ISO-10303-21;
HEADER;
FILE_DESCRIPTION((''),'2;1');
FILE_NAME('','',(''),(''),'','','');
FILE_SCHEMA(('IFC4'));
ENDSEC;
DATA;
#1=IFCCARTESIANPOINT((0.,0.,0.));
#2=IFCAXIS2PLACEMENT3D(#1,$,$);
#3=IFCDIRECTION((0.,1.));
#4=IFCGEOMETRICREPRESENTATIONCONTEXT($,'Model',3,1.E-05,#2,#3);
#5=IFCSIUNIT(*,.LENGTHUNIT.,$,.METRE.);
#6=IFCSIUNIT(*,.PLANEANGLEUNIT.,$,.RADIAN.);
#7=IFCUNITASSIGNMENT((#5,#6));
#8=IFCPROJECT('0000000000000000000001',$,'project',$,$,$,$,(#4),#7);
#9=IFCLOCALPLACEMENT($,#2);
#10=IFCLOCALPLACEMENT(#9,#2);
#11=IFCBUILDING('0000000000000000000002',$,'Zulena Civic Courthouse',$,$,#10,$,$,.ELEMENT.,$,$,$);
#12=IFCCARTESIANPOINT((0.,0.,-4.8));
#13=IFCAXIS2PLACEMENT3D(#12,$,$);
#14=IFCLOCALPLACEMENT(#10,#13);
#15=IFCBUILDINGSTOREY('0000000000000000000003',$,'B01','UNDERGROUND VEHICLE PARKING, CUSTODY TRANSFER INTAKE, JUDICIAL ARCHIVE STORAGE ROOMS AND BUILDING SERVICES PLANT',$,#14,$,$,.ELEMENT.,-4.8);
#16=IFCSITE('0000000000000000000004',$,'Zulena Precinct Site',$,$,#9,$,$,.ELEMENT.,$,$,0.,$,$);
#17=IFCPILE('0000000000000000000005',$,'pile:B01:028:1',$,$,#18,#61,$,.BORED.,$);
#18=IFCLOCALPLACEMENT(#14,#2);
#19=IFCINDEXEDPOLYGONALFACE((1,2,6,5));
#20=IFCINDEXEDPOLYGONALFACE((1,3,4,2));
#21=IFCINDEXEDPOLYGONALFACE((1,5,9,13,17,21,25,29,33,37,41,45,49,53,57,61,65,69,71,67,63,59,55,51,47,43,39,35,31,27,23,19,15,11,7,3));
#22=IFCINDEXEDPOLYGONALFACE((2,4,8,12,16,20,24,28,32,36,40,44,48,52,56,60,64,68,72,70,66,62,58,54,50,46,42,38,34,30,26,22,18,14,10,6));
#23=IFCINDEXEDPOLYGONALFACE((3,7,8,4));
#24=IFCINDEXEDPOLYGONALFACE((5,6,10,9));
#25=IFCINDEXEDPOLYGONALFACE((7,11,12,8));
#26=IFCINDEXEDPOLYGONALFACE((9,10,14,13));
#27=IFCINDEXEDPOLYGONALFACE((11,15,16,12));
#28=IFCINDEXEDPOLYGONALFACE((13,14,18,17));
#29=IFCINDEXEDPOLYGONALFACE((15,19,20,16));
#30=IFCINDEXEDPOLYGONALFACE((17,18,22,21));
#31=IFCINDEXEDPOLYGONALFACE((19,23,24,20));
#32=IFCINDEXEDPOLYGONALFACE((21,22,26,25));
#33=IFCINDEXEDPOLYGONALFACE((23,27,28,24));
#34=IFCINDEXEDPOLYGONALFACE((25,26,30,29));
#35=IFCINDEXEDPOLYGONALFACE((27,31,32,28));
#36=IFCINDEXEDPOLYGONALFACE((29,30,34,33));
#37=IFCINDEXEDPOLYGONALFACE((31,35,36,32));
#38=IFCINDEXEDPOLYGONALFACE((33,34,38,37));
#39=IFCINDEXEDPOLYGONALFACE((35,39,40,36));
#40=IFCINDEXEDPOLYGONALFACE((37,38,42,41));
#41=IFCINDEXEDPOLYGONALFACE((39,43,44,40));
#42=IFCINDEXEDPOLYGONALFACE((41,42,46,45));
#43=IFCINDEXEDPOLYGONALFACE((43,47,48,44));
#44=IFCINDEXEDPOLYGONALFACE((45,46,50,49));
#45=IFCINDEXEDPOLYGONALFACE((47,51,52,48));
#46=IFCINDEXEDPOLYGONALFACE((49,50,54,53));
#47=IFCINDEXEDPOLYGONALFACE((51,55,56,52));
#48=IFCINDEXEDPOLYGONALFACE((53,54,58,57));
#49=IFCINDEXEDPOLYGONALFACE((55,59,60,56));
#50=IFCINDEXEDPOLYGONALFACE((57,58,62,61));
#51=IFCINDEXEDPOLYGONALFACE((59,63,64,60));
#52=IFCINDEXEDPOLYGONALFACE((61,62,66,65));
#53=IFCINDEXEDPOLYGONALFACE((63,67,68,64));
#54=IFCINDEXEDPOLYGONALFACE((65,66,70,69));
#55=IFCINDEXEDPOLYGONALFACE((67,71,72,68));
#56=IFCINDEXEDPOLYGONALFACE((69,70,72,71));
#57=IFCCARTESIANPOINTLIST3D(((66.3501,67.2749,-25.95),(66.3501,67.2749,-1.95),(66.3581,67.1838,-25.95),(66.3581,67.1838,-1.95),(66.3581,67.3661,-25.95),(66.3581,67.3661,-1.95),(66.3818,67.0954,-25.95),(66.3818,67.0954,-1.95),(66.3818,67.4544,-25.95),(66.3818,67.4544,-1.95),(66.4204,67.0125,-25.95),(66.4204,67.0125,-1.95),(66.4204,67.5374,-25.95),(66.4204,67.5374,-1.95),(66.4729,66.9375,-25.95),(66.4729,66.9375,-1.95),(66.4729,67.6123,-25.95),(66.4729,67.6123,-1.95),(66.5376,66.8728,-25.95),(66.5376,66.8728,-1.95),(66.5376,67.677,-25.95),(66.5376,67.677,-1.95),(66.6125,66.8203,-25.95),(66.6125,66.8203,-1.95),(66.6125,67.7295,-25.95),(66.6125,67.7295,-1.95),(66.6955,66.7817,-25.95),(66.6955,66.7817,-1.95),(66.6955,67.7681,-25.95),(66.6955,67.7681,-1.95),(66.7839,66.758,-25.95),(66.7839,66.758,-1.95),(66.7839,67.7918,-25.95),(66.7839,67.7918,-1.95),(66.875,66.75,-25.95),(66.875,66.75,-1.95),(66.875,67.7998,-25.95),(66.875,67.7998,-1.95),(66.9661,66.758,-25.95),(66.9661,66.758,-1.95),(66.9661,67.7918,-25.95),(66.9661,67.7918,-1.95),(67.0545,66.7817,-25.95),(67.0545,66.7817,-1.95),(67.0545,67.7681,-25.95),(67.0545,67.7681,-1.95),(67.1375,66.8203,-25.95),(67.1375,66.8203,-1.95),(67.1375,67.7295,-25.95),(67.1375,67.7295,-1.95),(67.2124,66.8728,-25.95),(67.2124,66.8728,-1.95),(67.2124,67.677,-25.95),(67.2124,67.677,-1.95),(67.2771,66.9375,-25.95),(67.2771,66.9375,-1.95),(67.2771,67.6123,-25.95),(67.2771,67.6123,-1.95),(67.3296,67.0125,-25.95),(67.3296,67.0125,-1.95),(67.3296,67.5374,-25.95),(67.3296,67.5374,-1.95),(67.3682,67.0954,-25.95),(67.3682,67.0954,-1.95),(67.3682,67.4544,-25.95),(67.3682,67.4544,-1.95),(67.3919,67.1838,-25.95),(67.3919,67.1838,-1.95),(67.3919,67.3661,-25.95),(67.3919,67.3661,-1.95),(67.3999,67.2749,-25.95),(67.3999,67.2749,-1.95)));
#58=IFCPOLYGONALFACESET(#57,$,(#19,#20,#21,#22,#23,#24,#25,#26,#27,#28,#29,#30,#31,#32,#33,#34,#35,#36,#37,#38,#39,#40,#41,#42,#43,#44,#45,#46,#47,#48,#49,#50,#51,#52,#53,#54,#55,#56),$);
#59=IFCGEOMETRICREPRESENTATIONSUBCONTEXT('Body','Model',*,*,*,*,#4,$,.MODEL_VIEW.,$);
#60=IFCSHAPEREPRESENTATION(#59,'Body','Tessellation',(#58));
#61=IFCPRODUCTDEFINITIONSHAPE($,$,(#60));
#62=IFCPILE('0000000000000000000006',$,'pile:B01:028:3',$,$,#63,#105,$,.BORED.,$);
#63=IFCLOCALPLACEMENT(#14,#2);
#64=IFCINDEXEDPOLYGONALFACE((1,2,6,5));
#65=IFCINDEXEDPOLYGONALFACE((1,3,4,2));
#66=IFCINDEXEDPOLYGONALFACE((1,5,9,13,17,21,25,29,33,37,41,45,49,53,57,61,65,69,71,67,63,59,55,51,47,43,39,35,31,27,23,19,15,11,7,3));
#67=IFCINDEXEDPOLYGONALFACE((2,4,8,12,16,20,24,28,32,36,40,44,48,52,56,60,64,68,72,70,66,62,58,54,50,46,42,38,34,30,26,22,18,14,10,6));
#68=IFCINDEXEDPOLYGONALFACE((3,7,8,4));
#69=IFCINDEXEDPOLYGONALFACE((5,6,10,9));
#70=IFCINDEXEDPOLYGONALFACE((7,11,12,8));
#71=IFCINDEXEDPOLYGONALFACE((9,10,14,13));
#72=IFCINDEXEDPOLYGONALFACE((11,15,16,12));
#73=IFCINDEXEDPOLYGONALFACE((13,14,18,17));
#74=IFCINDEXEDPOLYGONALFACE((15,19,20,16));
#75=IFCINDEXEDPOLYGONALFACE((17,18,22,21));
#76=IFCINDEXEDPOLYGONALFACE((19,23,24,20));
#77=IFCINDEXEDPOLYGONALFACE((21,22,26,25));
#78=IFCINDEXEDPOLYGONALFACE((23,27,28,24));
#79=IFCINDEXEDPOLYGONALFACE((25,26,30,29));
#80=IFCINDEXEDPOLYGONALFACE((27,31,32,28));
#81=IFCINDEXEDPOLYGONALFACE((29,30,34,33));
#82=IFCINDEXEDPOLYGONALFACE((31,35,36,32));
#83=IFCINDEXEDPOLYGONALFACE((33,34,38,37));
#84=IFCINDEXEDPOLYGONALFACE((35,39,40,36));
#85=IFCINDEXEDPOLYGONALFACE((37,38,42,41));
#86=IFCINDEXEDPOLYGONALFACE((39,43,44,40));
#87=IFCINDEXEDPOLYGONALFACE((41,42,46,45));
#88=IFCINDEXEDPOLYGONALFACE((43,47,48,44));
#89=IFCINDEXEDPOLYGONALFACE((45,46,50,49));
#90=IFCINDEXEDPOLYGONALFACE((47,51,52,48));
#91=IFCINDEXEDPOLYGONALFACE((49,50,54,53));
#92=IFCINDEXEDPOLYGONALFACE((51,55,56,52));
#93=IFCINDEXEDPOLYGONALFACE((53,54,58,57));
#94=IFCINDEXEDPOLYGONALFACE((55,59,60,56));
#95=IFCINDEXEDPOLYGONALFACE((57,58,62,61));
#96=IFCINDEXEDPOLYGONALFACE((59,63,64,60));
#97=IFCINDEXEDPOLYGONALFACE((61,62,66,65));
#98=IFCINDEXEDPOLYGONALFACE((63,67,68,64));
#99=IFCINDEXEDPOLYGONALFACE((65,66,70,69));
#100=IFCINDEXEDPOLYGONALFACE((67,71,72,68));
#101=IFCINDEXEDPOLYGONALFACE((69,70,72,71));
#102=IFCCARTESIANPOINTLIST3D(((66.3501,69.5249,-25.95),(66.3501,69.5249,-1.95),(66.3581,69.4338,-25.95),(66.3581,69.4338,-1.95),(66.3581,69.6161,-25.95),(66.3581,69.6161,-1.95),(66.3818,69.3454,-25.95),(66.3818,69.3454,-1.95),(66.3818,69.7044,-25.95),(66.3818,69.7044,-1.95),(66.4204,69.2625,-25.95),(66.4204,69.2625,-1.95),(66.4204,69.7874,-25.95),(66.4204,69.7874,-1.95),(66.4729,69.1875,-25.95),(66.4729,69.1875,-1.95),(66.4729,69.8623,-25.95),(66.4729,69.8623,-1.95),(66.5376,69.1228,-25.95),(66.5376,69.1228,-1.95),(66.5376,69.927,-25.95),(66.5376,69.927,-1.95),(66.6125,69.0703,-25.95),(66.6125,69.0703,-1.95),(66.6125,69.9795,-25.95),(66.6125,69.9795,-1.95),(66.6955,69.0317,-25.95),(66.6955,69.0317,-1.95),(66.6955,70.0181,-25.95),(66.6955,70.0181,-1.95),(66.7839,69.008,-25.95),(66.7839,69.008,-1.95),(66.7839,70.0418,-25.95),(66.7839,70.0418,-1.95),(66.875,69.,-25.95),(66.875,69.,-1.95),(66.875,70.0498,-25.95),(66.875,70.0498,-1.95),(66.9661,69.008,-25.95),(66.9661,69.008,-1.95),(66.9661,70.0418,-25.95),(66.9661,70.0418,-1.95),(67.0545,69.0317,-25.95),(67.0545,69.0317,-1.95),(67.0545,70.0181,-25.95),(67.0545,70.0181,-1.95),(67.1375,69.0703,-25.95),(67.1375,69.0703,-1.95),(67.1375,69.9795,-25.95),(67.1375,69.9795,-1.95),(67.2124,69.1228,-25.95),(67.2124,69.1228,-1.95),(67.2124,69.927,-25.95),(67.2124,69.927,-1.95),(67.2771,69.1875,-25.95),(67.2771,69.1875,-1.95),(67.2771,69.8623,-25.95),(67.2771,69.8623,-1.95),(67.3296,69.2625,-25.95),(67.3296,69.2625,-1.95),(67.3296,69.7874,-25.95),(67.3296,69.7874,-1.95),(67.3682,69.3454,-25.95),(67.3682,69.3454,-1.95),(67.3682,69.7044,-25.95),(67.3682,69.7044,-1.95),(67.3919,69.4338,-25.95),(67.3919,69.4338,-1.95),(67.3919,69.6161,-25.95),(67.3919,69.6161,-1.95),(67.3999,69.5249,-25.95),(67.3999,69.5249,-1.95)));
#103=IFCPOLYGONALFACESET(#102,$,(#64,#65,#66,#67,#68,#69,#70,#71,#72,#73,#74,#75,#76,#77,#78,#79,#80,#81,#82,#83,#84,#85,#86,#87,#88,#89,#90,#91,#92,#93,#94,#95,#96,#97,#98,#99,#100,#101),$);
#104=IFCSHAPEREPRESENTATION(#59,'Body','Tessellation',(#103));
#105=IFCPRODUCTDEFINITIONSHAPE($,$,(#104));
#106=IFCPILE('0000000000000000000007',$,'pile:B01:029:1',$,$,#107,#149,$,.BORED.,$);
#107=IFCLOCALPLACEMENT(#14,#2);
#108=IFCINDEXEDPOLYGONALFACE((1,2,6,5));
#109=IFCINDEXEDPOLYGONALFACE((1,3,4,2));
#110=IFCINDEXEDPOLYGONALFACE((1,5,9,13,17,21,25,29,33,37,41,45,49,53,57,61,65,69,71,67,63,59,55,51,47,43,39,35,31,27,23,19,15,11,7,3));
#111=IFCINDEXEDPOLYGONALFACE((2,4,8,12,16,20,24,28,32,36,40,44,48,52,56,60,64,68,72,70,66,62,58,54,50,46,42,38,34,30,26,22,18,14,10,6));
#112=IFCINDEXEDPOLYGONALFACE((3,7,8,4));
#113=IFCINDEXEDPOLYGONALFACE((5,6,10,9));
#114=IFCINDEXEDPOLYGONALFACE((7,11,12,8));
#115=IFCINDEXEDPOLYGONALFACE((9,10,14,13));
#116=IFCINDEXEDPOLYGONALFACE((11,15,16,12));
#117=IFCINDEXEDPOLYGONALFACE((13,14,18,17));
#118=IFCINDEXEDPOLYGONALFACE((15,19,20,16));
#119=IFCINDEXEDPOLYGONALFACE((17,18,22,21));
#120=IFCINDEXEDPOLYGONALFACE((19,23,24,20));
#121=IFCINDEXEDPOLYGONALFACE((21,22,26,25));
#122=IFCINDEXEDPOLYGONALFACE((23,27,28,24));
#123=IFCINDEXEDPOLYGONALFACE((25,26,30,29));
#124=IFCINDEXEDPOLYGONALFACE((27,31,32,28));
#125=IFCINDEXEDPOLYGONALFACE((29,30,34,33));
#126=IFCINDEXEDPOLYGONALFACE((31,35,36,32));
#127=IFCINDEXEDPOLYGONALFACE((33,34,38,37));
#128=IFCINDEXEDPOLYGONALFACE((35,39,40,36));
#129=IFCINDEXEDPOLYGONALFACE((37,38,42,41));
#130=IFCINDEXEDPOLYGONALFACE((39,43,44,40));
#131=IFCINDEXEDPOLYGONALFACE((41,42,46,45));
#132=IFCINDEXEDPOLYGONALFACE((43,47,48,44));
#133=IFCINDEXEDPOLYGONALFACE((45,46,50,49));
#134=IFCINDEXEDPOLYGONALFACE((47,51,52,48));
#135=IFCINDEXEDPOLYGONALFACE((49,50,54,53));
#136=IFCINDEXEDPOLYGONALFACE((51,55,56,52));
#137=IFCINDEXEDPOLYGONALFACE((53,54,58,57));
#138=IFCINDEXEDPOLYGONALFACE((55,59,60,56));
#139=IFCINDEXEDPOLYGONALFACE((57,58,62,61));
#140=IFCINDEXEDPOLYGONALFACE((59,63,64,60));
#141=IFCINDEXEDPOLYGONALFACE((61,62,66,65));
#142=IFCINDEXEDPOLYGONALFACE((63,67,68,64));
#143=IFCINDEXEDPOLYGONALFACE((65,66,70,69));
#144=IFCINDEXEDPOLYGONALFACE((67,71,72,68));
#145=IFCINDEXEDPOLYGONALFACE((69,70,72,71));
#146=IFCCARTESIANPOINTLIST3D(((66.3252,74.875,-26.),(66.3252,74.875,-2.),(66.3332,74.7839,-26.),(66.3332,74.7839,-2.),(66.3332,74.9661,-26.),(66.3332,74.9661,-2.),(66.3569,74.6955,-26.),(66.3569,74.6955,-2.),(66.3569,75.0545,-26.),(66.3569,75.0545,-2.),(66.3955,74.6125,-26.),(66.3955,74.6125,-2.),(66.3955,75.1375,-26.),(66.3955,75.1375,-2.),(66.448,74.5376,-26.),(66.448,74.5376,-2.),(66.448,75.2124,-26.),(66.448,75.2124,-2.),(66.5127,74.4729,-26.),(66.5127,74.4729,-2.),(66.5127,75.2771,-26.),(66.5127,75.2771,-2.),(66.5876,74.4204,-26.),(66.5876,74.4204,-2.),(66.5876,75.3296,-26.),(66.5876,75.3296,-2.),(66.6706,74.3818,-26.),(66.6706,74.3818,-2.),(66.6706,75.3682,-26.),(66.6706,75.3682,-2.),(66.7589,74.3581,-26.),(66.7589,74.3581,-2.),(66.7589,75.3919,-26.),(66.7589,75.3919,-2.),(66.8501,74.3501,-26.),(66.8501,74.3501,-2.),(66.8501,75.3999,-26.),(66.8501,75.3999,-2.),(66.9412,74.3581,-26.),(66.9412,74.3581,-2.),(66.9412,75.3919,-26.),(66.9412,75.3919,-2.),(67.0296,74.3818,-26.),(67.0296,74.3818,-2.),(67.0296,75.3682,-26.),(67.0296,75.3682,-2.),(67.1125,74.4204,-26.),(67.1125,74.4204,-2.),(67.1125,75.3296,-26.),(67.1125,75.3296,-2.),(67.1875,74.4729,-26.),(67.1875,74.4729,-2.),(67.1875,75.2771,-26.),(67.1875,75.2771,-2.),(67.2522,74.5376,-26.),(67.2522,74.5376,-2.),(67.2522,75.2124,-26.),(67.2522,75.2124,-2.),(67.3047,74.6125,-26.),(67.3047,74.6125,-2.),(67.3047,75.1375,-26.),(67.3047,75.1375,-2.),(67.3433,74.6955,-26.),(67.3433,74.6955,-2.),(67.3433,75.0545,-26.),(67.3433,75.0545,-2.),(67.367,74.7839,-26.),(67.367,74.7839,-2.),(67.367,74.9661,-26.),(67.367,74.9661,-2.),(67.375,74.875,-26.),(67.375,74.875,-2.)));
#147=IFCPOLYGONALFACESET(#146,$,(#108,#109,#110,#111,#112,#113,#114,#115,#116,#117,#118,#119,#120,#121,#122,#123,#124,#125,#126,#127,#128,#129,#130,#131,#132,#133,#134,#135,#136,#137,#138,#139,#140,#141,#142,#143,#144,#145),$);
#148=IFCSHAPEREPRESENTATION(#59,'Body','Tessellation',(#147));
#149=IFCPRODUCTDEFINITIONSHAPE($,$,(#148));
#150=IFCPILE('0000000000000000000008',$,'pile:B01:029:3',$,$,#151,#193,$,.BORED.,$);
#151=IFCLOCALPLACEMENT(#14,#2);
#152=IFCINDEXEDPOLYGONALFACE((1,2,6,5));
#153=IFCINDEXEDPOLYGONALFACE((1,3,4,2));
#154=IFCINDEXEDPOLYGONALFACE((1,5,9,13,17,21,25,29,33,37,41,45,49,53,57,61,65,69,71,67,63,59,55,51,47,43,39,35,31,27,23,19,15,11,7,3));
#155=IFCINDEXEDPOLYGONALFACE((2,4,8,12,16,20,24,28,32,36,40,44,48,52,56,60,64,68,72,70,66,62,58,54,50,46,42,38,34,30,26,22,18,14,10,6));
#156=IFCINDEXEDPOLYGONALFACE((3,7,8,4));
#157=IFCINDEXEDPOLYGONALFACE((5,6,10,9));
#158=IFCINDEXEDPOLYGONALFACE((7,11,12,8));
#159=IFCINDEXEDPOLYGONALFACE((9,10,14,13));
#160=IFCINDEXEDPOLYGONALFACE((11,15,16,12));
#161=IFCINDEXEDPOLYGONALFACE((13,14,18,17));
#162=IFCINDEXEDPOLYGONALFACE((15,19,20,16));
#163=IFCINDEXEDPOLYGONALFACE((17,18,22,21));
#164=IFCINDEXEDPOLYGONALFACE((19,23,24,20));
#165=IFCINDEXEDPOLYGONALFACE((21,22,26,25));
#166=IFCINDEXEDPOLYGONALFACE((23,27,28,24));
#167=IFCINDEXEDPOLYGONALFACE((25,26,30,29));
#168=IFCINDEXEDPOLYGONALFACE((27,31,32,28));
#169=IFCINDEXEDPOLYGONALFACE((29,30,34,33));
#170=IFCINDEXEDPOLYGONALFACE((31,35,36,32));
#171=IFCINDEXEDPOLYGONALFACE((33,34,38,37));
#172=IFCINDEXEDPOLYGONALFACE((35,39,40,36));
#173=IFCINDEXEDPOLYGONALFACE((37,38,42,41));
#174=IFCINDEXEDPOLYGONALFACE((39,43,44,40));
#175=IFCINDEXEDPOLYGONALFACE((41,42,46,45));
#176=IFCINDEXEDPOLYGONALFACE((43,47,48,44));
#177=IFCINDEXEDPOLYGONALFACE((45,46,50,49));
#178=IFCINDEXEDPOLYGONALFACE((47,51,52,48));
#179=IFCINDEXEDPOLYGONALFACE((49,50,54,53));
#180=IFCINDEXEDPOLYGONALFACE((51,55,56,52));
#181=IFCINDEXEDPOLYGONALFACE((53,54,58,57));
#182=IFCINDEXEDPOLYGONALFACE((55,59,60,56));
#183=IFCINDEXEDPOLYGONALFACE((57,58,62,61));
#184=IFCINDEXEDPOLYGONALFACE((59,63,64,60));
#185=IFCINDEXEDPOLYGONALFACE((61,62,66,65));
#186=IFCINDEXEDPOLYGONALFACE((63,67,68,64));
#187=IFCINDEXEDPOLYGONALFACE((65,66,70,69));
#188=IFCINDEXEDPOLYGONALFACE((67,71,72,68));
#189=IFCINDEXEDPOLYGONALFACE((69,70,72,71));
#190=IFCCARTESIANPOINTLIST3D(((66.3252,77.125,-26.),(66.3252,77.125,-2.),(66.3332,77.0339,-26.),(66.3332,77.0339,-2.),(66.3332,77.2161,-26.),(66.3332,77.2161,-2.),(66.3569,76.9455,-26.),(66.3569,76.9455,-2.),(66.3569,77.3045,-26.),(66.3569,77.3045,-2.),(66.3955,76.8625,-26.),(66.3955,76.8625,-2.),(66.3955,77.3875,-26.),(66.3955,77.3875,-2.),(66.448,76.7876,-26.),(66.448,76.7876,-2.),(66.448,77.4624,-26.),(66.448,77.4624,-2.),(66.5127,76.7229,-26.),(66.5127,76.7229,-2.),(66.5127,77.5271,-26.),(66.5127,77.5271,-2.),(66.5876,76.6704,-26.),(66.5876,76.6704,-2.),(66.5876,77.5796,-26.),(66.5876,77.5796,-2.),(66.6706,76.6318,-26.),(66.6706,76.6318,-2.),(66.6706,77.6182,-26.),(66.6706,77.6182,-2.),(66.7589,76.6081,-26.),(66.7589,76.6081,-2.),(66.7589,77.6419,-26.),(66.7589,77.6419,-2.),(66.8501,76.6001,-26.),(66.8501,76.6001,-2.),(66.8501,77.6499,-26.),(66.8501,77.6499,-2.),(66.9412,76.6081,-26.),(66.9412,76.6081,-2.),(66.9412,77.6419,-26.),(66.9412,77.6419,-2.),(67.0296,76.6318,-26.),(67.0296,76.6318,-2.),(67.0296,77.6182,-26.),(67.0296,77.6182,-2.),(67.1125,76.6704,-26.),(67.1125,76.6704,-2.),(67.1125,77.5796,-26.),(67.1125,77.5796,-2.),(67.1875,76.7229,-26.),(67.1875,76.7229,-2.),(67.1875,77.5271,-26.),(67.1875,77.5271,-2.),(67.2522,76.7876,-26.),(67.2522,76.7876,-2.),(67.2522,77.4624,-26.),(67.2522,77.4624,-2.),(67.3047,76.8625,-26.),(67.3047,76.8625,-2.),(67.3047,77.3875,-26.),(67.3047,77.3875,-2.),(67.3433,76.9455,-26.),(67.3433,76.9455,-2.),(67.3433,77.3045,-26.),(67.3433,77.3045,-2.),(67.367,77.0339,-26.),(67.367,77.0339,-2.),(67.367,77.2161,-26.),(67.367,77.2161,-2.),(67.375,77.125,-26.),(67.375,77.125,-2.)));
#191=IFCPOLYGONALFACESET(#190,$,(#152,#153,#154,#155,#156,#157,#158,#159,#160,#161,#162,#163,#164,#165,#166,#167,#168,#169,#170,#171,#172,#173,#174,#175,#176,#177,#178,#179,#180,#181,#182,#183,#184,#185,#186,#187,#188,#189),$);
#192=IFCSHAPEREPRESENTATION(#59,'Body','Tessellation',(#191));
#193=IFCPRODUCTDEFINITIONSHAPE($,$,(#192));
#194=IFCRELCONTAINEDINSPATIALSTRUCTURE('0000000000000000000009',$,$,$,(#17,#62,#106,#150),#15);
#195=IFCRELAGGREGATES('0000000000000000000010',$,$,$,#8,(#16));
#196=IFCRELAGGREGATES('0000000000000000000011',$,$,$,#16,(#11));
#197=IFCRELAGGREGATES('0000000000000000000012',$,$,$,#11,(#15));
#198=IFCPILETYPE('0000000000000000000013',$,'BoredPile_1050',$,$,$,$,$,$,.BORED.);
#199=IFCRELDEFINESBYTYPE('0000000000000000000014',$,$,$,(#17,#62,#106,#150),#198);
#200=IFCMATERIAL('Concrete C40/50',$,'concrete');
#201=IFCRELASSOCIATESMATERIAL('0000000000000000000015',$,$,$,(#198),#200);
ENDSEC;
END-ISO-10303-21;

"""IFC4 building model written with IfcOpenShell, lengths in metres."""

from ifc_helpers import new_model, si_unit, direction, frame, origin, origin_2d, place, context, subcontext, project, spatial, circle, extrude, material, material_profile, profile_set, type_object, element, save


model = new_model("IFC4")

# Units and contexts
model_context = context("Model", 3, precision=1e-05, world=origin(), true_north=direction((0.0, 1.0)))
body_context = subcontext(model_context, "Body", "Model", "MODEL_VIEW")
ifc_project = project(units=[si_unit("LENGTHUNIT", "METRE"), si_unit("PLANEANGLEUNIT", "RADIAN")], contexts=[model_context])

# Site, building, storey
site_placement = place(None, origin())
site = spatial("IfcSite", under=ifc_project, at=site_placement, Name="Zulena Precinct Site", CompositionType="ELEMENT", RefElevation=0.0)
building_placement = place(site_placement, origin())
building = spatial("IfcBuilding", under=site, at=building_placement, Name="Zulena Civic Courthouse", CompositionType="ELEMENT")
storey_placement = place(building_placement, frame((0.0, 0.0, -4.8)))
storey = spatial("IfcBuildingStorey", under=building, at=storey_placement, Name="B01", Description="UNDERGROUND VEHICLE PARKING, CUSTODY TRANSFER INTAKE, JUDICIAL ARCHIVE STORAGE ROOMS AND BUILDING SERVICES PLANT", CompositionType="ELEMENT", Elevation=-4.8)

# Piles
ifc_material_1 = material(Name="Concrete C40/50", Category="concrete")
ifc_material_profile_1 = material_profile(ifc_material_1, circle(Radius=0.5249, at=origin_2d()), Name="PILE1050")
ifc_profile_set_1 = profile_set([ifc_material_profile_1], Name="Concrete C40/50")
pile_type_1 = type_object("IfcPileType", Name="BoredPile_1050", PredefinedType="BORED", material=ifc_profile_set_1)
for number, where, z_axis, x_axis, name in (
    (1, (66.875, 67.2749, -1.95), (0.0, 0.0, -1.0), (1.0, 0.0, 0.0), "pile:B01:028:1"),
    (2, (66.875, 69.5249, -1.95), (0.0, 0.0, -1.0), (1.0, 0.0, 0.0), "pile:B01:028:3"),
    (3, (66.8501, 74.875, -2.0), (0.0, 0.0, -1.0), (1.0, 0.0, 0.0), "pile:B01:029:1"),
    (4, (66.8501, 77.125, -2.0), (0.0, 0.0, -1.0), (1.0, 0.0, 0.0), "pile:B01:029:3"),
):
    element("IfcPile", number, at=place(storey_placement, frame(where, z_axis=z_axis, x_axis=x_axis)), inside=storey, type_object=pile_type_1, Name=name, PredefinedType="BORED", context=body_context, shape_type="SweptSolid", body=[
        extrude(circle(Radius=0.5249, at=origin_2d()), origin(), (0.0, 0.0, 1.0), 24.0),
    ])

save(model, "model.ifc")
